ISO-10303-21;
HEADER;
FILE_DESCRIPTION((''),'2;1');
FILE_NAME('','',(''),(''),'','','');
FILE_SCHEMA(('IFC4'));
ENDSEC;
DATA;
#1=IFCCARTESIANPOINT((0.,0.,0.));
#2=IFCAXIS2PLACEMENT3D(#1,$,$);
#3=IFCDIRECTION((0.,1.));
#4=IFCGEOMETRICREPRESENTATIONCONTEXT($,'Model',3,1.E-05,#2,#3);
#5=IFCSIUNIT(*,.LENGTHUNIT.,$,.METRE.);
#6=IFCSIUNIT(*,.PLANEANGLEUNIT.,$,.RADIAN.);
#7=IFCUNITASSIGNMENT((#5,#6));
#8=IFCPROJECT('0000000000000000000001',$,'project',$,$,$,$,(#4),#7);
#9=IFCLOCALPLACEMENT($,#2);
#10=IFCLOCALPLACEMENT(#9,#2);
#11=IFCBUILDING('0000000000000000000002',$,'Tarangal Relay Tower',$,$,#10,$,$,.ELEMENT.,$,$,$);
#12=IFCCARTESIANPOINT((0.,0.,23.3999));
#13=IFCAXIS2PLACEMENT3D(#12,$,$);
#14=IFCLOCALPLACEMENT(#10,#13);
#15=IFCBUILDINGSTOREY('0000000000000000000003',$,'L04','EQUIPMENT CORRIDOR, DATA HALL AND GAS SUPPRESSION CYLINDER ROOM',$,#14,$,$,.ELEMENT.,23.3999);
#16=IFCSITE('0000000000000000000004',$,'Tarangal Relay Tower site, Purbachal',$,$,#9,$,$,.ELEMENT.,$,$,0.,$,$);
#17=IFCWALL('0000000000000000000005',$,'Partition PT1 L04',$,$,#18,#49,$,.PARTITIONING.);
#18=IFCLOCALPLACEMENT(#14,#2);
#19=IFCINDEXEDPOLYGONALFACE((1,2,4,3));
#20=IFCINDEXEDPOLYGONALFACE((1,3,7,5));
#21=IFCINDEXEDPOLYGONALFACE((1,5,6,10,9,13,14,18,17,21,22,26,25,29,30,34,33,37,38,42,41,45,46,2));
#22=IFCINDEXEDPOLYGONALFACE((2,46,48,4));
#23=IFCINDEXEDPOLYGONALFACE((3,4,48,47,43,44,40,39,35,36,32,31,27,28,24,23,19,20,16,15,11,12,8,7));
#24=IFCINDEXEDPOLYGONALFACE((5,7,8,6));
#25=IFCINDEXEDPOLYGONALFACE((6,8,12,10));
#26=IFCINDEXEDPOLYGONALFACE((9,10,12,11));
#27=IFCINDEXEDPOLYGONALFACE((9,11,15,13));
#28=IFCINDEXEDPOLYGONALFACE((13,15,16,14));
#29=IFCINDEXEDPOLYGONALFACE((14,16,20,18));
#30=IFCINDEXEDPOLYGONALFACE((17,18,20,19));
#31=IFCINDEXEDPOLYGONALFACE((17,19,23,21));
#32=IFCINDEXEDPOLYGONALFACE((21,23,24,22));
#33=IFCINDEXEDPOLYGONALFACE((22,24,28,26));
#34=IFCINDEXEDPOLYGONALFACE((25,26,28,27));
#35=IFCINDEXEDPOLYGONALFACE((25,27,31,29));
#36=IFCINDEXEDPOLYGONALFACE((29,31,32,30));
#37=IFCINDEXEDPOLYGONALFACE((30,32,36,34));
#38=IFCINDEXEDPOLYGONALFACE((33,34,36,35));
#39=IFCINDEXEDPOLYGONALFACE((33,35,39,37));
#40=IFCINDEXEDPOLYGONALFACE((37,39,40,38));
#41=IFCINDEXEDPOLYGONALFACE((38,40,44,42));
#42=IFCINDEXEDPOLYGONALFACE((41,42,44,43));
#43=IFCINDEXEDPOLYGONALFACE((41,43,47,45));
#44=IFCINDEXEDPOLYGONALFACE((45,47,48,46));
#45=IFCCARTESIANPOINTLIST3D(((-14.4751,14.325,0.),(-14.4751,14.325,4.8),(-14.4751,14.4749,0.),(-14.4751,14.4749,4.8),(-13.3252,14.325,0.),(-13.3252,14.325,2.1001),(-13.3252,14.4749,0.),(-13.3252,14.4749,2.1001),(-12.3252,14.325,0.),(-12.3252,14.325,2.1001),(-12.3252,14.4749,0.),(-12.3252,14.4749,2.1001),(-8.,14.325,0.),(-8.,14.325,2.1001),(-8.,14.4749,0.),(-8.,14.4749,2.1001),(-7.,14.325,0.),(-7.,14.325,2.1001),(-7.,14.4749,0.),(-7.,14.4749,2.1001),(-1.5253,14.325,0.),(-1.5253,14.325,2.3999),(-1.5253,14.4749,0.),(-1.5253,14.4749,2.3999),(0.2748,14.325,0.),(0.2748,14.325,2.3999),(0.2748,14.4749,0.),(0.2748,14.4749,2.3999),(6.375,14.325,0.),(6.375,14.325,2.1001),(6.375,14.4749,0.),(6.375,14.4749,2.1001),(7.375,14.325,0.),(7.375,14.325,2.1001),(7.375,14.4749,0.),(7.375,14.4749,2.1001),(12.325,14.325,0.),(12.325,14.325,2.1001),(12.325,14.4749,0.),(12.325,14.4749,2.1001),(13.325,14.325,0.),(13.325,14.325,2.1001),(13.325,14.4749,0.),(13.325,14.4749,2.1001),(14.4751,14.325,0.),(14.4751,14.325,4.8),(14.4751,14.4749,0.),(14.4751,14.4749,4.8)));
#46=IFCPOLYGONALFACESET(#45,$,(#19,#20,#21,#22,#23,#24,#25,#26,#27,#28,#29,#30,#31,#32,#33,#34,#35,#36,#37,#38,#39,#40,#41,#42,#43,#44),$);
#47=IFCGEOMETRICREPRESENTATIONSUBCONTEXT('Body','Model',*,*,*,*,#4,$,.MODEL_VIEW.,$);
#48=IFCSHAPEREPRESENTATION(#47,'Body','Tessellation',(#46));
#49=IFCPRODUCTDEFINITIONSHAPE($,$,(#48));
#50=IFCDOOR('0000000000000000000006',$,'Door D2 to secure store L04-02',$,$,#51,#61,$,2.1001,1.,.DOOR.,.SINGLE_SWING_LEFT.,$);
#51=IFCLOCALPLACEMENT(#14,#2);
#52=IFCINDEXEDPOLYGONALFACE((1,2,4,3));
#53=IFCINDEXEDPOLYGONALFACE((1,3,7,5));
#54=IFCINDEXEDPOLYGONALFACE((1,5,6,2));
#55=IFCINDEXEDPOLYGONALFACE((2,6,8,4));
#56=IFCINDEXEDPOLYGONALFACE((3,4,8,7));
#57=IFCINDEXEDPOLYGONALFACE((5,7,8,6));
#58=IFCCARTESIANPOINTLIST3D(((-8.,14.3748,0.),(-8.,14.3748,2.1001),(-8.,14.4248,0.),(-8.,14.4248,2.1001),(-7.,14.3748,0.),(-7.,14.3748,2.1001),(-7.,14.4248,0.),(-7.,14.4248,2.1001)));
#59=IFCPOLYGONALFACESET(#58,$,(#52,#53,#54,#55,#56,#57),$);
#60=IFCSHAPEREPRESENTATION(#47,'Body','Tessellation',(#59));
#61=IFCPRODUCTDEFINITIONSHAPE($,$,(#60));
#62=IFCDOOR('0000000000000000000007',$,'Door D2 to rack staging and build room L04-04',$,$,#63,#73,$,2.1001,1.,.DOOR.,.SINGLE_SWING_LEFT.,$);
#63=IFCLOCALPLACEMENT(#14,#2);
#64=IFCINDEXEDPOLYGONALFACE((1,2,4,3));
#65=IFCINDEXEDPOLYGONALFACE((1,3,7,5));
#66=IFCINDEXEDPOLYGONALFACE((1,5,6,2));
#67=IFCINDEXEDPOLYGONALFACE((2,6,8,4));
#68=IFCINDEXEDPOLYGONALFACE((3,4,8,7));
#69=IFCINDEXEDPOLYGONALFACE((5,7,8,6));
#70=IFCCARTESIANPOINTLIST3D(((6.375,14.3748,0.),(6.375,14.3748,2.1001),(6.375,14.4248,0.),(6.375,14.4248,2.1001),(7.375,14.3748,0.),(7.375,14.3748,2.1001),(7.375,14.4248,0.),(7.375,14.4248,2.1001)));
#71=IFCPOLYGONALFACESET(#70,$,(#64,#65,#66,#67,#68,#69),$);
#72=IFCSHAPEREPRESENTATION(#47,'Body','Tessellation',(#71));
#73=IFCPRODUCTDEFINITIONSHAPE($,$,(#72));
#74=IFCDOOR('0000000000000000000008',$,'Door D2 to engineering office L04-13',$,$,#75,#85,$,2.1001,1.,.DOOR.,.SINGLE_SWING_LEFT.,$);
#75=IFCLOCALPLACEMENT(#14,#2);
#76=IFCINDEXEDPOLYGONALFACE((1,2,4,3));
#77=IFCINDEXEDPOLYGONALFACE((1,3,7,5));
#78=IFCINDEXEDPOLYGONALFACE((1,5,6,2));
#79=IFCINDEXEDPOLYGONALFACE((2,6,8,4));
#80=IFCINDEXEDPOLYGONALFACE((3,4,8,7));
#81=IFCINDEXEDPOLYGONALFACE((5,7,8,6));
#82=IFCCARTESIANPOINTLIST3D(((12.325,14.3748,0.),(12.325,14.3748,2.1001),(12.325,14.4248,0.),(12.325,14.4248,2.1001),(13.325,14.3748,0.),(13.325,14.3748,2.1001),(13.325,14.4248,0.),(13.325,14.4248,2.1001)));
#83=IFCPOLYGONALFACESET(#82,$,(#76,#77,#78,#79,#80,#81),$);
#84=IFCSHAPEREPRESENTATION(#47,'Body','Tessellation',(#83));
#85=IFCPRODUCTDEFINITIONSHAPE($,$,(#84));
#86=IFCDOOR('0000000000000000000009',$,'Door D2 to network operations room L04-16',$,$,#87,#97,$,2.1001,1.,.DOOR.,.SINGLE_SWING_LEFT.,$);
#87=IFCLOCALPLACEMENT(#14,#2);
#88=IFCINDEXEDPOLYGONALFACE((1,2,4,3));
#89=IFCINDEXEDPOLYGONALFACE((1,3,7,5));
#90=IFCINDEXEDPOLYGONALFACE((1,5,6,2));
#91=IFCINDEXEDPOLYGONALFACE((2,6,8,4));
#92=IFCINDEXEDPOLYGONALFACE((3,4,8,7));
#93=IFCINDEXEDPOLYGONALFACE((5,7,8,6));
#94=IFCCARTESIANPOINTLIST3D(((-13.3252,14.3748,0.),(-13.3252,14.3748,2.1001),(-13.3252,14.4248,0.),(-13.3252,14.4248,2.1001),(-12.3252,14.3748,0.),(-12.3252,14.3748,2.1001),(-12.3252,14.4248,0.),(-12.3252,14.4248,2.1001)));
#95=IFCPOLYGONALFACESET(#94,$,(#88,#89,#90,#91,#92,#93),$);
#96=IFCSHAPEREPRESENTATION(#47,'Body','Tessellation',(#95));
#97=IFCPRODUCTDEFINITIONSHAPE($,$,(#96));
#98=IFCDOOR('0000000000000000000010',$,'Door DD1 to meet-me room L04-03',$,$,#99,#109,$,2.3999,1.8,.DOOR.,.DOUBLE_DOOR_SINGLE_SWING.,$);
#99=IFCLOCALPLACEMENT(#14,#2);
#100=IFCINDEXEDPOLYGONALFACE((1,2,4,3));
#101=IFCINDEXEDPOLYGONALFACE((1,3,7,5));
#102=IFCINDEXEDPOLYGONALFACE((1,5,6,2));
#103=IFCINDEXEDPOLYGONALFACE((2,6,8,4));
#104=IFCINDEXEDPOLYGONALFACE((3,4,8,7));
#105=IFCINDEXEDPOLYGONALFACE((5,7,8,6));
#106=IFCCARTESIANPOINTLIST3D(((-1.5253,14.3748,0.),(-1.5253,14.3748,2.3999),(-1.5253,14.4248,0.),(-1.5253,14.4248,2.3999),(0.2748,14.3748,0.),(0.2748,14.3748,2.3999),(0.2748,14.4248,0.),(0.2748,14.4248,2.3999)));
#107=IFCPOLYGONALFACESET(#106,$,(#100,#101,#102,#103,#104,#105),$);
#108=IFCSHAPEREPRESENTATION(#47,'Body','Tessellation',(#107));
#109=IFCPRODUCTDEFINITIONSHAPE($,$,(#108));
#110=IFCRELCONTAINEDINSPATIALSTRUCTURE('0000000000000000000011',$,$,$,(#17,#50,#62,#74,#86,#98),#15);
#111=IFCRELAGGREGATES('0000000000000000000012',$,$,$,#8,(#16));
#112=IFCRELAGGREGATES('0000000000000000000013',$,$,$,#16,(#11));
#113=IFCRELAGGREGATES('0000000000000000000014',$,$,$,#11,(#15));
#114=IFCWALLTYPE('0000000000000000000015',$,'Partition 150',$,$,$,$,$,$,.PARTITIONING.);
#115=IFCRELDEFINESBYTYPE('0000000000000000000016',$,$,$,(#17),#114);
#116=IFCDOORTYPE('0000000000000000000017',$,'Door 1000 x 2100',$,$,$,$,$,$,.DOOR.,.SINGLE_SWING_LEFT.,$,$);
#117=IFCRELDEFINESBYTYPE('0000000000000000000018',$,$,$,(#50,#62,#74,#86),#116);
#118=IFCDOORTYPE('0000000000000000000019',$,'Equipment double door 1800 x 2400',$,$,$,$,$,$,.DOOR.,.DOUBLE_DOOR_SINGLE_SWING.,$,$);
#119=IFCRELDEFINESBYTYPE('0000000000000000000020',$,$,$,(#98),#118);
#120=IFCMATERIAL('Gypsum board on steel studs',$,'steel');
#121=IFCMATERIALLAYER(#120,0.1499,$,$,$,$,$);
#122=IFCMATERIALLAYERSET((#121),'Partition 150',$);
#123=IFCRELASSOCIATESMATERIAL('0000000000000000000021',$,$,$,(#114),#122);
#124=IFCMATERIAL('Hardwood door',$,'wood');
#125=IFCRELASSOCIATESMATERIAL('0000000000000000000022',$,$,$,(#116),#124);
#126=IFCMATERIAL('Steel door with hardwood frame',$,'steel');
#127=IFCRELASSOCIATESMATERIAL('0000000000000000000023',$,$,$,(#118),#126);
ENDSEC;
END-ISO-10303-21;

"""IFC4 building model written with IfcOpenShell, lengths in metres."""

from ifc_helpers import new_model, si_unit, direction, frame, frame_2d, origin, place, context, subcontext, project, spatial, rectangle, extrude, material, layer, layer_set, type_object, element, fill, save


model = new_model("IFC4")

# Units and contexts
model_context = context("Model", 3, precision=1e-05, world=origin(), true_north=direction((0.0, 1.0)))
body_context = subcontext(model_context, "Body", "Model", "MODEL_VIEW")
ifc_project = project(units=[si_unit("LENGTHUNIT", "METRE"), si_unit("PLANEANGLEUNIT", "RADIAN")], contexts=[model_context])

# Site, building, storey
site_placement = place(None, origin())
site = spatial("IfcSite", under=ifc_project, at=site_placement, Name="Tarangal Relay Tower site, Purbachal", CompositionType="ELEMENT", RefElevation=0.0)
building_placement = place(site_placement, origin())
building = spatial("IfcBuilding", under=site, at=building_placement, Name="Tarangal Relay Tower", CompositionType="ELEMENT")
storey_placement = place(building_placement, frame((0.0, 0.0, 23.3999)))
storey = spatial("IfcBuildingStorey", under=building, at=storey_placement, Name="L04", Description="EQUIPMENT CORRIDOR, DATA HALL AND GAS SUPPRESSION CYLINDER ROOM", CompositionType="ELEMENT", Elevation=23.3999)

# Shared definitions
ifc_material_1 = material(Name="Steel door with hardwood frame", Category="steel")

# Shared definitions
ifc_material_2 = material(Name="Gypsum board on steel studs", Category="steel")
ifc_layer_1 = layer(ifc_material_2, 0.1499)
ifc_layer_set_1 = layer_set([ifc_layer_1], Name="Partition 150")
wall_type_1 = type_object("IfcWallType", Name="Partition 150", PredefinedType="PARTITIONING", material=ifc_layer_set_1)

# Wall, openings, doors
wall_1_placement = place(storey_placement, frame((-14.4751, 14.3999, 0.0), z_axis=(0.0, 0.0, 1.0), x_axis=(1.0, 0.0, 0.0)))
wall_1 = element("IfcWall", 1, at=wall_1_placement, inside=storey, type_object=wall_type_1, Name="Partition PT1 L04", PredefinedType="PARTITIONING", context=body_context, shape_type="SweptSolid", body=[
    extrude(rectangle(XDim=28.9502, YDim=0.1499, at=frame_2d((14.4751, 0.0))), origin(), (0.0, 0.0, 1.0), 4.8),
])
opening_1_placement = place(wall_1_placement, frame((6.4751, 0.0, 0.0)))
opening_1 = element("IfcOpeningElement", 2, at=opening_1_placement, cuts=wall_1, PredefinedType="OPENING", context=body_context, shape_type="SweptSolid", body=[
    extrude(rectangle(XDim=1.0, YDim=2.1001, at=frame_2d((0.5, 1.05))), frame((0.0, 0.085, 0.0), z_axis=(0.0, -1.0, 0.0), x_axis=(1.0, 0.0, 0.0)), (0.0, 0.0, 1.0), 0.1699),
])
opening_2_placement = place(wall_1_placement, frame((12.95, 0.0, 0.0)))
opening_2 = element("IfcOpeningElement", 3, at=opening_2_placement, cuts=wall_1, PredefinedType="OPENING", context=body_context, shape_type="SweptSolid", body=[
    extrude(rectangle(XDim=1.8, YDim=2.3999, at=frame_2d((0.8999, 1.2))), frame((0.0, 0.085, 0.0), z_axis=(0.0, -1.0, 0.0), x_axis=(1.0, 0.0, 0.0)), (0.0, 0.0, 1.0), 0.1699),
])
opening_3_placement = place(wall_1_placement, frame((20.8501, 0.0, 0.0)))
opening_3 = element("IfcOpeningElement", 4, at=opening_3_placement, cuts=wall_1, PredefinedType="OPENING", context=body_context, shape_type="SweptSolid", body=[
    extrude(rectangle(XDim=1.0, YDim=2.1001, at=frame_2d((0.5, 1.05))), frame((0.0, 0.085, 0.0), z_axis=(0.0, -1.0, 0.0), x_axis=(1.0, 0.0, 0.0)), (0.0, 0.0, 1.0), 0.1699),
])
opening_4_placement = place(wall_1_placement, frame((26.8, 0.0, 0.0)))
opening_4 = element("IfcOpeningElement", 5, at=opening_4_placement, cuts=wall_1, PredefinedType="OPENING", context=body_context, shape_type="SweptSolid", body=[
    extrude(rectangle(XDim=1.0, YDim=2.1001, at=frame_2d((0.5, 1.05))), frame((0.0, 0.085, 0.0), z_axis=(0.0, -1.0, 0.0), x_axis=(1.0, 0.0, 0.0)), (0.0, 0.0, 1.0), 0.1699),
])
opening_5_placement = place(wall_1_placement, frame((1.1499, 0.0, 0.0)))
opening_5 = element("IfcOpeningElement", 6, at=opening_5_placement, cuts=wall_1, PredefinedType="OPENING", context=body_context, shape_type="SweptSolid", body=[
    extrude(rectangle(XDim=1.0, YDim=2.1001, at=frame_2d((0.5, 1.05))), frame((0.0, 0.085, 0.0), z_axis=(0.0, -1.0, 0.0), x_axis=(1.0, 0.0, 0.0)), (0.0, 0.0, 1.0), 0.1699),
])
ifc_material_3 = material(Name="Hardwood door", Category="wood")
door_type_1 = type_object("IfcDoorType", Name="Door 1000 x 2100", OperationType="SINGLE_SWING_LEFT", PredefinedType="DOOR", material=ifc_material_3)
door_1_placement = place(opening_1_placement, origin())
door_1 = element("IfcDoor", 7, at=door_1_placement, inside=storey, type_object=door_type_1, Name="Door D2 to secure store L04-02", OperationType="SINGLE_SWING_LEFT", OverallHeight=2.1001, OverallWidth=1.0, PredefinedType="DOOR", context=body_context, shape_type="SweptSolid", body=[
    extrude(rectangle(XDim=1.0, YDim=2.1001, at=frame_2d((0.5, 1.05))), frame((0.0, 0.0249, 0.0), z_axis=(0.0, -1.0, 0.0), x_axis=(1.0, 0.0, 0.0)), (0.0, 0.0, 1.0), 0.05),
])
fill(opening_1, door_1)
door_2_placement = place(opening_3_placement, origin())
door_2 = element("IfcDoor", 8, at=door_2_placement, inside=storey, type_object=door_type_1, Name="Door D2 to rack staging and build room L04-04", OperationType="SINGLE_SWING_LEFT", OverallHeight=2.1001, OverallWidth=1.0, PredefinedType="DOOR", context=body_context, shape_type="SweptSolid", body=[
    extrude(rectangle(XDim=1.0, YDim=2.1001, at=frame_2d((0.5, 1.05))), frame((0.0, 0.0249, 0.0), z_axis=(0.0, -1.0, 0.0), x_axis=(1.0, 0.0, 0.0)), (0.0, 0.0, 1.0), 0.05),
])
fill(opening_3, door_2)
door_3_placement = place(opening_4_placement, origin())
door_3 = element("IfcDoor", 9, at=door_3_placement, inside=storey, type_object=door_type_1, Name="Door D2 to engineering office L04-13", OperationType="SINGLE_SWING_LEFT", OverallHeight=2.1001, OverallWidth=1.0, PredefinedType="DOOR", context=body_context, shape_type="SweptSolid", body=[
    extrude(rectangle(XDim=1.0, YDim=2.1001, at=frame_2d((0.5, 1.05))), frame((0.0, 0.0249, 0.0), z_axis=(0.0, -1.0, 0.0), x_axis=(1.0, 0.0, 0.0)), (0.0, 0.0, 1.0), 0.05),
])
fill(opening_4, door_3)
door_4_placement = place(opening_5_placement, origin())
door_4 = element("IfcDoor", 10, at=door_4_placement, inside=storey, type_object=door_type_1, Name="Door D2 to network operations room L04-16", OperationType="SINGLE_SWING_LEFT", OverallHeight=2.1001, OverallWidth=1.0, PredefinedType="DOOR", context=body_context, shape_type="SweptSolid", body=[
    extrude(rectangle(XDim=1.0, YDim=2.1001, at=frame_2d((0.5, 1.05))), frame((0.0, 0.0249, 0.0), z_axis=(0.0, -1.0, 0.0), x_axis=(1.0, 0.0, 0.0)), (0.0, 0.0, 1.0), 0.05),
])
fill(opening_5, door_4)
door_type_2 = type_object("IfcDoorType", Name="Equipment double door 1800 x 2400", OperationType="DOUBLE_DOOR_SINGLE_SWING", PredefinedType="DOOR", material=ifc_material_1)
door_5_placement = place(opening_2_placement, origin())
door_5 = element("IfcDoor", 11, at=door_5_placement, inside=storey, type_object=door_type_2, Name="Door DD1 to meet-me room L04-03", OperationType="DOUBLE_DOOR_SINGLE_SWING", OverallHeight=2.3999, OverallWidth=1.8, PredefinedType="DOOR", context=body_context, shape_type="SweptSolid", body=[
    extrude(rectangle(XDim=1.8, YDim=2.3999, at=frame_2d((0.8999, 1.2))), frame((0.0, 0.0249, 0.0), z_axis=(0.0, -1.0, 0.0), x_axis=(1.0, 0.0, 0.0)), (0.0, 0.0, 1.0), 0.05),
])
fill(opening_2, door_5)

save(model, "model.ifc")
